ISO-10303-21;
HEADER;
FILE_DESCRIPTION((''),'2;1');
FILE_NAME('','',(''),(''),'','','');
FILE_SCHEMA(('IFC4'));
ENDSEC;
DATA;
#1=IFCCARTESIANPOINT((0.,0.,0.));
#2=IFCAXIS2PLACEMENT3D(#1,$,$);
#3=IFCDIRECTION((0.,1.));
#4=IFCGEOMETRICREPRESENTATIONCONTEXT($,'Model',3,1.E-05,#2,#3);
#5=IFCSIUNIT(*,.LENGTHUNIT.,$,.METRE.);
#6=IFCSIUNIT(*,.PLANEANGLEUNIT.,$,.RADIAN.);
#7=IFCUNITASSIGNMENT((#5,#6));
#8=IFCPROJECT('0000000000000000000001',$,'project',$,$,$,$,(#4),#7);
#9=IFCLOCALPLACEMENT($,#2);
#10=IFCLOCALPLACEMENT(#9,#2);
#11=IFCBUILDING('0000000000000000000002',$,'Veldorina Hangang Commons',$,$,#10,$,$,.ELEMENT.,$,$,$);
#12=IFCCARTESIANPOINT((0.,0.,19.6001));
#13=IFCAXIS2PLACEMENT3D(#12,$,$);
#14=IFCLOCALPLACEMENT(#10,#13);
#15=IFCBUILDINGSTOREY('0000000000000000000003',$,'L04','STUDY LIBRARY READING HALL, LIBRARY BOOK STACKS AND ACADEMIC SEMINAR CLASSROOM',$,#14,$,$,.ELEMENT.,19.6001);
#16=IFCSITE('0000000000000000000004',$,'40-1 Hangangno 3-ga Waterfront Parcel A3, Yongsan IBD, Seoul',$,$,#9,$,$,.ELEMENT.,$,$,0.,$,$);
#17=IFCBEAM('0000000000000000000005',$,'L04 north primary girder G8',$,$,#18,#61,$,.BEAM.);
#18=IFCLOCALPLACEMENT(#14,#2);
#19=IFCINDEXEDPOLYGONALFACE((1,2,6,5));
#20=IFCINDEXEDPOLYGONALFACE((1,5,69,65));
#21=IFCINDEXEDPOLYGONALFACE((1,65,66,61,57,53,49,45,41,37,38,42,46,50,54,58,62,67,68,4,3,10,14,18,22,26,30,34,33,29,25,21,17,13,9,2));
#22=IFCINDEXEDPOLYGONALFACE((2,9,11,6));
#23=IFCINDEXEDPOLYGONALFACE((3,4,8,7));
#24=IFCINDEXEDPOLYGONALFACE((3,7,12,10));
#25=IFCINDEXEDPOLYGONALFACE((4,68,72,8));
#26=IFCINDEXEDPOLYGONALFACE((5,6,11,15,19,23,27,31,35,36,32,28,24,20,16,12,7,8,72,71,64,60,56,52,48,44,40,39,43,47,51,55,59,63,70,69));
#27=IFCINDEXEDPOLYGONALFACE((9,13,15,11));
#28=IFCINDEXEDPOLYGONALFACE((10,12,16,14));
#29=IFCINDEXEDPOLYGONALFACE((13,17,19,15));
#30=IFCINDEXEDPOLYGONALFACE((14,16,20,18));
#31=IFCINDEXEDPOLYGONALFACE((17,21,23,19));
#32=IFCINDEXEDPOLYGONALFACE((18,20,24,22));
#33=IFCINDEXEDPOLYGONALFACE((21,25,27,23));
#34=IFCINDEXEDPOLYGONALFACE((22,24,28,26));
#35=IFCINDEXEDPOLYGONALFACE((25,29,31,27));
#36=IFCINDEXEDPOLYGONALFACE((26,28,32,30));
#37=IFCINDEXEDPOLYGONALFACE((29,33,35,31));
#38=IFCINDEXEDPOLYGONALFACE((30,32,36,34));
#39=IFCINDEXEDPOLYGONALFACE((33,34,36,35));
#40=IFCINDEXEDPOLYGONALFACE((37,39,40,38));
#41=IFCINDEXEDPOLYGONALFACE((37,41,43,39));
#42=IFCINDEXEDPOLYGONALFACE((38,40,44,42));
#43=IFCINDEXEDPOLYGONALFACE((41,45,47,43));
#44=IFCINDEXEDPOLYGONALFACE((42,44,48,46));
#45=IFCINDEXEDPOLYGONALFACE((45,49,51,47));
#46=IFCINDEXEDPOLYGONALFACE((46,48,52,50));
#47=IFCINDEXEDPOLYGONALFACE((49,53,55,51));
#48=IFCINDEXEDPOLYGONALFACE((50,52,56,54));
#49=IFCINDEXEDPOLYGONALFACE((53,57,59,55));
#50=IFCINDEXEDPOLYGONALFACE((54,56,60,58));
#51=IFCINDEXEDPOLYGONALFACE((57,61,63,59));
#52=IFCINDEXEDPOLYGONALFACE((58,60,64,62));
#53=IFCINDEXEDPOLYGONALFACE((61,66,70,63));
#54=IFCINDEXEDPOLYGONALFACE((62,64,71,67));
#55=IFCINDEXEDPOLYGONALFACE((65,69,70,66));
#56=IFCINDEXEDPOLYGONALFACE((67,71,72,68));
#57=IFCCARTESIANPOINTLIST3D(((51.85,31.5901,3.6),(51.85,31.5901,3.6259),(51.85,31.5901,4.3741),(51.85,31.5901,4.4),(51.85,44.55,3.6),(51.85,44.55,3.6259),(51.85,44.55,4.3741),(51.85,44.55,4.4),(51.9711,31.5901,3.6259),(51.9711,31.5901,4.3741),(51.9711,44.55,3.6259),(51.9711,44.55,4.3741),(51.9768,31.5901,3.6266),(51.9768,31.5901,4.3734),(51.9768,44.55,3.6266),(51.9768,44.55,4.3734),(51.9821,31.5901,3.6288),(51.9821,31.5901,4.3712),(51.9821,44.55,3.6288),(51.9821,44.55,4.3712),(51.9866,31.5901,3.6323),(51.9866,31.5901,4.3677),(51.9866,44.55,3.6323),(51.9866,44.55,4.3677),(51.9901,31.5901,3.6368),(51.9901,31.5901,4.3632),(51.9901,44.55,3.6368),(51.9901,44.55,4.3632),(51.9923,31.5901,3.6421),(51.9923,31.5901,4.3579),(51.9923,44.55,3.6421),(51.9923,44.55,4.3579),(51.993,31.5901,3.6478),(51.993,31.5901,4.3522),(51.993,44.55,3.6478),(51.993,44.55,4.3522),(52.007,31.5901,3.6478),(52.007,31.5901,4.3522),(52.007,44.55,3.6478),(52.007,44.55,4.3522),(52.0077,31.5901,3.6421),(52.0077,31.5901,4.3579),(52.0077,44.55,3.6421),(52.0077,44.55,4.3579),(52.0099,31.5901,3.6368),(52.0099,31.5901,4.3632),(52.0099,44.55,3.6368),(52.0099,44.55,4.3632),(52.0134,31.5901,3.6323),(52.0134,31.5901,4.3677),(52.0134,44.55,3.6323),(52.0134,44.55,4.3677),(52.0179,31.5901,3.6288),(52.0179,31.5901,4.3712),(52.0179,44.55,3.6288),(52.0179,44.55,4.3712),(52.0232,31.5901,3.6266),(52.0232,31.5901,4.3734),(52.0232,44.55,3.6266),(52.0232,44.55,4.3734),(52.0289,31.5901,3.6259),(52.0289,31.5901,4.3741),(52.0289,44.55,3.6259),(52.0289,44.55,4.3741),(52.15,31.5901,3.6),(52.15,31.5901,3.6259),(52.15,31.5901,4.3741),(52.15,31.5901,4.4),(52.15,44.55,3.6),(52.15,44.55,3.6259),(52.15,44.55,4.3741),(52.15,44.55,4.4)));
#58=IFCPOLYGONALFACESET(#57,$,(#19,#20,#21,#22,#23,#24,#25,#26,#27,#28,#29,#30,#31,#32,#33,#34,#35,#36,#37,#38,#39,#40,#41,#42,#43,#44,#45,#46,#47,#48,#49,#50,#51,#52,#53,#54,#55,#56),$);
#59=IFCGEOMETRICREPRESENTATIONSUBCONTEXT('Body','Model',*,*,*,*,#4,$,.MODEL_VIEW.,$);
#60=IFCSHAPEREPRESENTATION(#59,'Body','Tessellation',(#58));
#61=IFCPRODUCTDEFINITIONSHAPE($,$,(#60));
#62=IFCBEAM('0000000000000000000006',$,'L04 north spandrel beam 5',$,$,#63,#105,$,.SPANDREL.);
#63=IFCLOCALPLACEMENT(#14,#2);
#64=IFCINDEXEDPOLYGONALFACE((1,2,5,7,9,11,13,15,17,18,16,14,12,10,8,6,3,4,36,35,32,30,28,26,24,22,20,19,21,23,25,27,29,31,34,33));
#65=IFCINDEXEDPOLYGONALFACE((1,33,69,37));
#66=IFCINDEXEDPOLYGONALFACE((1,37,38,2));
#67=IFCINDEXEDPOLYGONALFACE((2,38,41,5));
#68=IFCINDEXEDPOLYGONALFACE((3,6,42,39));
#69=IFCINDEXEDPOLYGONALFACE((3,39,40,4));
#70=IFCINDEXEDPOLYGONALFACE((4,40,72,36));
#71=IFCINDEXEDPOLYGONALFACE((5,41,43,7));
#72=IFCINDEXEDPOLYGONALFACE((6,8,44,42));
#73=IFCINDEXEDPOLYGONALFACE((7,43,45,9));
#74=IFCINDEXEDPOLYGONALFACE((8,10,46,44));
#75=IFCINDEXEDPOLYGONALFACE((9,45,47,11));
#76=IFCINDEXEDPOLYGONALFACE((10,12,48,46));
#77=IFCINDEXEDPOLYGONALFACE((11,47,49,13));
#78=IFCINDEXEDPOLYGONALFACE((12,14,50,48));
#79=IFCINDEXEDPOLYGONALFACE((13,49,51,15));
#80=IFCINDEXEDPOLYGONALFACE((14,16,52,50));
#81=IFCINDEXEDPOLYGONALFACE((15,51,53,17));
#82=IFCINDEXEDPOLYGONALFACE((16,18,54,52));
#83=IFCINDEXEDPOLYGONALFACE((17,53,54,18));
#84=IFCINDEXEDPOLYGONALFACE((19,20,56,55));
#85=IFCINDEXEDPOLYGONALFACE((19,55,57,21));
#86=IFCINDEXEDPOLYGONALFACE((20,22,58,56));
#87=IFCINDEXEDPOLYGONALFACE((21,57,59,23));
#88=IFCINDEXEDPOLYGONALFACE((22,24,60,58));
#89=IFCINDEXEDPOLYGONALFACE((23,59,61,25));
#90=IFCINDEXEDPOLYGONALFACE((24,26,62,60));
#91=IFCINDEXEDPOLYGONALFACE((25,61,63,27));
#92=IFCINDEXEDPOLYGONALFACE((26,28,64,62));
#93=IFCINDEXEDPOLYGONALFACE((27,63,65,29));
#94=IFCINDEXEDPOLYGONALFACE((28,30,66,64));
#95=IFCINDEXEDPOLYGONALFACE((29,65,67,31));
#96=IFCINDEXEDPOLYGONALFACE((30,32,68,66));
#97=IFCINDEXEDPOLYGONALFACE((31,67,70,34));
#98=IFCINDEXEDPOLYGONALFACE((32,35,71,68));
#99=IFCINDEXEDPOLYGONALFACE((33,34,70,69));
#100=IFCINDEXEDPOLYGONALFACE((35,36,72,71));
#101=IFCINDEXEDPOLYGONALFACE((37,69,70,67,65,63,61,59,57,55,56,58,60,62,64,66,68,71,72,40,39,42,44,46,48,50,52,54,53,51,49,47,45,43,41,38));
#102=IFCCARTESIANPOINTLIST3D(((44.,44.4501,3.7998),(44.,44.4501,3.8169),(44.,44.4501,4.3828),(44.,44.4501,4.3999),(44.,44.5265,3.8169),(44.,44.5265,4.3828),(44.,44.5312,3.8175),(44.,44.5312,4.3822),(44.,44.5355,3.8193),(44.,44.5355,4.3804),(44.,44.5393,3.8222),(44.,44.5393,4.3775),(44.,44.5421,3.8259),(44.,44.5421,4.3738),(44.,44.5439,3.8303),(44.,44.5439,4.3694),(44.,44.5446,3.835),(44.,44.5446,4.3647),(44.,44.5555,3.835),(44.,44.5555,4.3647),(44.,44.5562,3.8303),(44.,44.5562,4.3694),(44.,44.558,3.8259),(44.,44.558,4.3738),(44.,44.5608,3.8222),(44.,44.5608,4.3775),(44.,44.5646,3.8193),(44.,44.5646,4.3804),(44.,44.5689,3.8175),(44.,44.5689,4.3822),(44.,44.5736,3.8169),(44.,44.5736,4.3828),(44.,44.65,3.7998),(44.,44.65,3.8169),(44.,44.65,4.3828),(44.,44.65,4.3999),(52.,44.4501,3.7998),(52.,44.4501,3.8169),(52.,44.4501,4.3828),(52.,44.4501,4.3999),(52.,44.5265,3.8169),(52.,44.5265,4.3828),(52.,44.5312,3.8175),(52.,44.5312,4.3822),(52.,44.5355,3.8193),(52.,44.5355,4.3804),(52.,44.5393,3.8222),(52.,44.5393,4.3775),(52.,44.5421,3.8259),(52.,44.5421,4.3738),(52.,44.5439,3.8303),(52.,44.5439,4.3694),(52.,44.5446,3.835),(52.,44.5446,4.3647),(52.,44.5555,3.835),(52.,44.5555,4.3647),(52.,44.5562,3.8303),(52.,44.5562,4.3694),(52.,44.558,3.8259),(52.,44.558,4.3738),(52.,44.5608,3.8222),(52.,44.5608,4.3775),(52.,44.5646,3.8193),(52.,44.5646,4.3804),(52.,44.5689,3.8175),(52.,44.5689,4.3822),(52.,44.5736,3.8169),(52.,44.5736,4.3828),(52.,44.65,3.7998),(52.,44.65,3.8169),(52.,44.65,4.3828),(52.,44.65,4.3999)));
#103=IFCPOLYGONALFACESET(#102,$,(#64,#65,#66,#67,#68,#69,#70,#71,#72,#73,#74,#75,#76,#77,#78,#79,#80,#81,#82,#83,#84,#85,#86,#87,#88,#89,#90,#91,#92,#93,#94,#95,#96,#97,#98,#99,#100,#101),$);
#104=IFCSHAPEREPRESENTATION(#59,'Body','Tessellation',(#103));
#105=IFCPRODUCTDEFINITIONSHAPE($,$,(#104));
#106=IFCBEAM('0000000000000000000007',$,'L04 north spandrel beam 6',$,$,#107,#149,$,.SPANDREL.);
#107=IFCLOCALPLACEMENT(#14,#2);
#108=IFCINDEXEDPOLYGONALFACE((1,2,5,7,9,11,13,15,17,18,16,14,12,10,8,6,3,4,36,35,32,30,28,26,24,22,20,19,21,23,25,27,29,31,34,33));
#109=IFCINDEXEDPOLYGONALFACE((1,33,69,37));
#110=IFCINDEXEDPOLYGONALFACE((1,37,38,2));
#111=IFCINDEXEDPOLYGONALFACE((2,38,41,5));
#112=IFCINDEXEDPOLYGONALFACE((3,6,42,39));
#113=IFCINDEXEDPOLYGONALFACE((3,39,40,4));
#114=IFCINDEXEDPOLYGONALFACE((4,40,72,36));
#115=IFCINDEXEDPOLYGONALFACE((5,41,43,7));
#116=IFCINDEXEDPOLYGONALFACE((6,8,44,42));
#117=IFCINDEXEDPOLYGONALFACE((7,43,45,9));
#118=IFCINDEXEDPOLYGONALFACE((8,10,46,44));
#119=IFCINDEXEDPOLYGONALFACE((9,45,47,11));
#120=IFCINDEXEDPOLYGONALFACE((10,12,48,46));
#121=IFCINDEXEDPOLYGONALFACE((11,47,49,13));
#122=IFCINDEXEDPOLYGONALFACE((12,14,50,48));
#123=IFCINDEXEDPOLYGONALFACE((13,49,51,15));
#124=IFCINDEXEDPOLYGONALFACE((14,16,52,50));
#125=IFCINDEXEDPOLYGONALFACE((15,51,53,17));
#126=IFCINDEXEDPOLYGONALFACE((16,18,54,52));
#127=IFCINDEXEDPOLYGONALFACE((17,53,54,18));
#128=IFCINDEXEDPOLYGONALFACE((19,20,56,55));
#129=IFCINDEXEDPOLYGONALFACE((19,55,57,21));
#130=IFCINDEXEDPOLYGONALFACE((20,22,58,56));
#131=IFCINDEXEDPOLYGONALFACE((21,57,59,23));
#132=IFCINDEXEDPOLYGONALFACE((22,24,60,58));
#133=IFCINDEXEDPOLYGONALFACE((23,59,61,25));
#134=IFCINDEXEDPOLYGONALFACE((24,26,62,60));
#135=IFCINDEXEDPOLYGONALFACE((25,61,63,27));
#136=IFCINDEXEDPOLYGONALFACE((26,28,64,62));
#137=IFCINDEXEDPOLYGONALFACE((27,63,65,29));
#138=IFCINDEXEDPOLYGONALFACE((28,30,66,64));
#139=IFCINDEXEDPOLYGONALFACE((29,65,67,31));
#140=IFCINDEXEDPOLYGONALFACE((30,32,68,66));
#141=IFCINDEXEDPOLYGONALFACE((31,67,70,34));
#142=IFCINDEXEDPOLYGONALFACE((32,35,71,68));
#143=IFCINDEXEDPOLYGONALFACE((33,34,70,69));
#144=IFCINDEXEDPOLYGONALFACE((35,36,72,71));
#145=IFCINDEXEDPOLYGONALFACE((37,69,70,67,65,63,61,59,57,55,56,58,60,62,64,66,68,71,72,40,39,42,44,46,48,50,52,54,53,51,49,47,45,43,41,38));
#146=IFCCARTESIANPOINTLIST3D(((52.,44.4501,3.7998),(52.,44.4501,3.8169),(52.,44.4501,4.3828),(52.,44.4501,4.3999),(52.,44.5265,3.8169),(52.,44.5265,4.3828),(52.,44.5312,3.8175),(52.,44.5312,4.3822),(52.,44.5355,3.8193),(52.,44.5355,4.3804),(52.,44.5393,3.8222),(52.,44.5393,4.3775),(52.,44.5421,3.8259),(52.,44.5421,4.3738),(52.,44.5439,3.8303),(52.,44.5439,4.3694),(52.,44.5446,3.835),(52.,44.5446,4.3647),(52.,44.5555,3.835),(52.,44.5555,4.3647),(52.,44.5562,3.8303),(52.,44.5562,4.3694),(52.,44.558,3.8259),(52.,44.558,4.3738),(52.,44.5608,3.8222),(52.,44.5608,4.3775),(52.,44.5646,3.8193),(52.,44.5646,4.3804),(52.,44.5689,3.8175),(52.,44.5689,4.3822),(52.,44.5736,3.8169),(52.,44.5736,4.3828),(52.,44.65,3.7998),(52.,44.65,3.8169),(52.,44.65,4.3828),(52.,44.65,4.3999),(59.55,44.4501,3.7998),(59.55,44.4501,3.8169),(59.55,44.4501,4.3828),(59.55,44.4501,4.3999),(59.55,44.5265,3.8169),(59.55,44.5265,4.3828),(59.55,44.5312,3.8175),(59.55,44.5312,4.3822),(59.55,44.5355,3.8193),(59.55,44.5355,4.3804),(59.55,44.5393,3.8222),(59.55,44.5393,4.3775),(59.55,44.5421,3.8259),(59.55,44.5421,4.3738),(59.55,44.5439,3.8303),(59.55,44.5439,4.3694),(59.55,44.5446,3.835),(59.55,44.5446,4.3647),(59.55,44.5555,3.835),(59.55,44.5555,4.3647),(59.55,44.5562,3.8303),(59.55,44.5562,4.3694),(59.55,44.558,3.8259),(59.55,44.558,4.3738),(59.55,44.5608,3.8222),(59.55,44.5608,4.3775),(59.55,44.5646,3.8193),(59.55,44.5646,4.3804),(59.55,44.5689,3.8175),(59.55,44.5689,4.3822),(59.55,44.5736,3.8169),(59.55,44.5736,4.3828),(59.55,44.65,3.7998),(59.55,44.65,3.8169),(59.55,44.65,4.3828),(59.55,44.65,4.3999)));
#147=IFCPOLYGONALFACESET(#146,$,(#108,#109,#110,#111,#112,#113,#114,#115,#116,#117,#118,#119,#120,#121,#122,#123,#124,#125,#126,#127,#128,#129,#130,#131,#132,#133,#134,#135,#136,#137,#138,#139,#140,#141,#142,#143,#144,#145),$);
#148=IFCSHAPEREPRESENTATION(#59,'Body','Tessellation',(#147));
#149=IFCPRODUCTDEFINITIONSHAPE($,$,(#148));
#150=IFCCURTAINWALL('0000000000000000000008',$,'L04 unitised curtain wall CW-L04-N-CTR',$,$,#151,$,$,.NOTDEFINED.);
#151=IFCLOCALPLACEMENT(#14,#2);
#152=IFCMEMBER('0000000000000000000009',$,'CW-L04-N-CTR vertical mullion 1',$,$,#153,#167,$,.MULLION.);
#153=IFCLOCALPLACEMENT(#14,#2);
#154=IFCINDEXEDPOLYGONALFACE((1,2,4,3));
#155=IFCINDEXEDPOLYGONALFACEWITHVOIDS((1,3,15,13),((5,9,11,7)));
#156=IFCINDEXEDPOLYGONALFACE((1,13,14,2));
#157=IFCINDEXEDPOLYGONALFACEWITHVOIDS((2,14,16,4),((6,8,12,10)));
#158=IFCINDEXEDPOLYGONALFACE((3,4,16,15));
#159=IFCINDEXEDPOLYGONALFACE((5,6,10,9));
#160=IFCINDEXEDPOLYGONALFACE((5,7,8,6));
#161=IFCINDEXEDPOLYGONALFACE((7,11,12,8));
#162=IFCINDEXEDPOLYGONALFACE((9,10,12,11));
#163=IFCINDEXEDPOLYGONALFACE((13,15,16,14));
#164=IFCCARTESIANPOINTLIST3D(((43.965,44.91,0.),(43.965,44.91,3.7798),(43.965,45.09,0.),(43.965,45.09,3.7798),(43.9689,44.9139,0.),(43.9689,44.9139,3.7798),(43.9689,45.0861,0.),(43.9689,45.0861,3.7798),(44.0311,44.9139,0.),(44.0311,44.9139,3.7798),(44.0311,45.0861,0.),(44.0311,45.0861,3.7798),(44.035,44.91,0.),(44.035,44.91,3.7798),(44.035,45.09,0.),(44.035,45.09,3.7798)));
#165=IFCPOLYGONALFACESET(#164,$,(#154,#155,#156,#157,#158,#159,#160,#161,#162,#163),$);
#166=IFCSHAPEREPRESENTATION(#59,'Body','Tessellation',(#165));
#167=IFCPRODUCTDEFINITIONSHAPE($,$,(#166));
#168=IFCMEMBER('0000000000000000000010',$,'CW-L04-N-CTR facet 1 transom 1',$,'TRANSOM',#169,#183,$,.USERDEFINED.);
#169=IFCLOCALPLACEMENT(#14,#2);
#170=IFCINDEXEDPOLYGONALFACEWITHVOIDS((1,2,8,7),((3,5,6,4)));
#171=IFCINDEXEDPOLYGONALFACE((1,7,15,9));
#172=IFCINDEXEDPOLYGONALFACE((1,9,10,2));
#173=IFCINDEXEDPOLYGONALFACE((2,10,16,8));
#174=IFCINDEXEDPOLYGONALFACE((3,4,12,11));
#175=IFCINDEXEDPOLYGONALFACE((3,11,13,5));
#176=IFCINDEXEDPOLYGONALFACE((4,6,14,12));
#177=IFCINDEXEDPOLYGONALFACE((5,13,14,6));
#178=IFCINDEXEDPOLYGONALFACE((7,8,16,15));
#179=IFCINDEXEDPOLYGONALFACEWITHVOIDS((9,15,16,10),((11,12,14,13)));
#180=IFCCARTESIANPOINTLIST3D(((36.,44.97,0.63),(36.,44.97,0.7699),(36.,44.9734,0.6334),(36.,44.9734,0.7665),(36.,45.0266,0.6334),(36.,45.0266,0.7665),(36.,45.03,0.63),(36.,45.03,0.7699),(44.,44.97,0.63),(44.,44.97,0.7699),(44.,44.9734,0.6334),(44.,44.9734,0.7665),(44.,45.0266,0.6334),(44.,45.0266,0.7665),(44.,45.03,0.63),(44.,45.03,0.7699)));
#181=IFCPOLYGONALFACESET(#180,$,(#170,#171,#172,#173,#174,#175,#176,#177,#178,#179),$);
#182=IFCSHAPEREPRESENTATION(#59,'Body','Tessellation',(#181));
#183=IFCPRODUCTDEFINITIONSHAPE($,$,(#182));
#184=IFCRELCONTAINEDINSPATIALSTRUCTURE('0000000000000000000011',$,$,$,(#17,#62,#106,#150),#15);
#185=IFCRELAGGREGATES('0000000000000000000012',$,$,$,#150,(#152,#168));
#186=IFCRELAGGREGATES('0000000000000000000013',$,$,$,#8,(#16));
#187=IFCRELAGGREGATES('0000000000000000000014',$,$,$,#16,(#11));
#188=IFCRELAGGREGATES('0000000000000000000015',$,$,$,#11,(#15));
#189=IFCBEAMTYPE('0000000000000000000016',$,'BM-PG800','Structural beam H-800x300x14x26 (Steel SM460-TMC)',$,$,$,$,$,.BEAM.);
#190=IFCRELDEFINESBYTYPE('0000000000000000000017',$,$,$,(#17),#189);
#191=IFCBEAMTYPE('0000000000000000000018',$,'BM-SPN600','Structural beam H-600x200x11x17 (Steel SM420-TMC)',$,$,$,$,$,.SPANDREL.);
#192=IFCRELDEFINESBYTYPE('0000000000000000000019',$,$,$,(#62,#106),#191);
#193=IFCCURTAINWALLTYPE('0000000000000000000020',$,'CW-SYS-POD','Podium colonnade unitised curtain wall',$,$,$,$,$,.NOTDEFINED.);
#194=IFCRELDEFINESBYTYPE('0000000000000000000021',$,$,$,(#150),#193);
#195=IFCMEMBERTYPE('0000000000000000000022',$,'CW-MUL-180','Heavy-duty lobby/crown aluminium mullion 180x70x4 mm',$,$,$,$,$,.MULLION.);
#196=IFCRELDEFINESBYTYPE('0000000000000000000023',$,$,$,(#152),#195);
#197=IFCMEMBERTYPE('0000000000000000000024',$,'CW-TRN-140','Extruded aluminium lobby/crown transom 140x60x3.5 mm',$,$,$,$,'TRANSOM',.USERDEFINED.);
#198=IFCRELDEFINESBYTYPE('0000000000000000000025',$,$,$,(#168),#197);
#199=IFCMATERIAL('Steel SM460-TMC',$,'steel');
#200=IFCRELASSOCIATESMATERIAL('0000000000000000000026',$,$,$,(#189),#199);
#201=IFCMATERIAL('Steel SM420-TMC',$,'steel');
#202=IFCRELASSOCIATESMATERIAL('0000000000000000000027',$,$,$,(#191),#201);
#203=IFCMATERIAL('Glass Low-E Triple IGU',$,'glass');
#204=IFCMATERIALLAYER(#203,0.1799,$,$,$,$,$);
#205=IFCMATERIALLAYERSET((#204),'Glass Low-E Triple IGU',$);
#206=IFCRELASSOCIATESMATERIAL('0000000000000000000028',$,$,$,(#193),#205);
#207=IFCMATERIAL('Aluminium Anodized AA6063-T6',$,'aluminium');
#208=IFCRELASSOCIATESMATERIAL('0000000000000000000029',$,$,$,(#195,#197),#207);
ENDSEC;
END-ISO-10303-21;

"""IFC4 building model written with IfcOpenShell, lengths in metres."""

from ifc_helpers import new_model, si_unit, direction, frame, origin, origin_2d, place, context, subcontext, project, spatial, hollow_rectangle, i_section, extrude, material, layer, layer_set, material_profile, profile_set, type_object, element, aggregate, save


model = new_model("IFC4")

# Units and contexts
model_context = context("Model", 3, precision=1e-05, world=origin(), true_north=direction((0.0, 1.0)))
body_context = subcontext(model_context, "Body", "Model", "MODEL_VIEW")
ifc_project = project(units=[si_unit("LENGTHUNIT", "METRE"), si_unit("PLANEANGLEUNIT", "RADIAN")], contexts=[model_context])

# Site, building, storey
site_placement = place(None, origin())
site = spatial("IfcSite", under=ifc_project, at=site_placement, Name="40-1 Hangangno 3-ga Waterfront Parcel A3, Yongsan IBD, Seoul", CompositionType="ELEMENT", RefElevation=0.0)
building_placement = place(site_placement, origin())
building = spatial("IfcBuilding", under=site, at=building_placement, Name="Veldorina Hangang Commons", CompositionType="ELEMENT")
storey_placement = place(building_placement, frame((0.0, 0.0, 19.6001)))
storey = spatial("IfcBuildingStorey", under=building, at=storey_placement, Name="L04", Description="STUDY LIBRARY READING HALL, LIBRARY BOOK STACKS AND ACADEMIC SEMINAR CLASSROOM", CompositionType="ELEMENT", Elevation=19.6001)

# Shared definitions
ifc_material_1 = material(Name="Steel SM420-TMC", Category="steel")

# Beams
ifc_material_2 = material(Name="Steel SM460-TMC", Category="steel")
ifc_material_profile_1 = material_profile(ifc_material_2, i_section(OverallWidth=0.3, OverallDepth=0.8, WebThickness=0.0139, FlangeThickness=0.0259, FilletRadius=0.022, at=origin_2d()), Name="H-800x300x14x26")
ifc_profile_set_1 = profile_set([ifc_material_profile_1], Name="Steel SM460-TMC")
beam_type_1 = type_object("IfcBeamType", Name="BM-PG800", Description="Structural beam H-800x300x14x26 (Steel SM460-TMC)", PredefinedType="BEAM", material=ifc_profile_set_1)
beam_1_placement = place(storey_placement, frame((52.0, 31.5901, 4.0), z_axis=(0.0, 1.0, 0.0), x_axis=(-1.0, 0.0, 0.0)))
element("IfcBeam", 1, at=beam_1_placement, inside=storey, type_object=beam_type_1, Name="L04 north primary girder G8", PredefinedType="BEAM", context=body_context, shape_type="SweptSolid", body=[
    extrude(i_section(OverallWidth=0.3, OverallDepth=0.8, WebThickness=0.0139, FlangeThickness=0.0259, FilletRadius=0.022, at=origin_2d()), origin(), (0.0, 0.0, 1.0), 12.96),
])
ifc_material_profile_2 = material_profile(ifc_material_1, i_section(OverallWidth=0.2, OverallDepth=0.6001, WebThickness=0.011, FlangeThickness=0.0171, FilletRadius=0.0181, at=origin_2d()), Name="H-600x200x11x17")
ifc_profile_set_2 = profile_set([ifc_material_profile_2], Name="Steel SM420-TMC")
beam_type_2 = type_object("IfcBeamType", Name="BM-SPN600", Description="Structural beam H-600x200x11x17 (Steel SM420-TMC)", PredefinedType="SPANDREL", material=ifc_profile_set_2)
beam_2_placement = place(storey_placement, frame((44.0, 44.55, 4.0999), z_axis=(1.0, 0.0, 0.0), x_axis=(0.0, 1.0, 0.0)))
element("IfcBeam", 2, at=beam_2_placement, inside=storey, type_object=beam_type_2, Name="L04 north spandrel beam 5", PredefinedType="SPANDREL", context=body_context, shape_type="SweptSolid", body=[
    extrude(i_section(OverallWidth=0.2, OverallDepth=0.6001, WebThickness=0.011, FlangeThickness=0.0171, FilletRadius=0.0181, at=origin_2d()), origin(), (0.0, 0.0, 1.0), 8.0),
])
beam_3_placement = place(storey_placement, frame((52.0, 44.55, 4.0999), z_axis=(1.0, 0.0, 0.0), x_axis=(0.0, 1.0, 0.0)))
element("IfcBeam", 3, at=beam_3_placement, inside=storey, type_object=beam_type_2, Name="L04 north spandrel beam 6", PredefinedType="SPANDREL", context=body_context, shape_type="SweptSolid", body=[
    extrude(i_section(OverallWidth=0.2, OverallDepth=0.6001, WebThickness=0.011, FlangeThickness=0.0171, FilletRadius=0.0181, at=origin_2d()), origin(), (0.0, 0.0, 1.0), 7.55),
])

# Curtain wall, members
ifc_material_3 = material(Name="Glass Low-E Triple IGU", Category="glass")
ifc_layer_1 = layer(ifc_material_3, 0.1799)
ifc_layer_set_1 = layer_set([ifc_layer_1], Name="Glass Low-E Triple IGU")
curtain_wall_type = type_object("IfcCurtainWallType", Name="CW-SYS-POD", Description="Podium colonnade unitised curtain wall", PredefinedType="NOTDEFINED", material=ifc_layer_set_1)
curtain_wall_placement = place(storey_placement, origin())
curtain_wall = element("IfcCurtainWall", 4, at=curtain_wall_placement, inside=storey, type_object=curtain_wall_type, Name="L04 unitised curtain wall CW-L04-N-CTR", PredefinedType="NOTDEFINED")
ifc_material_4 = material(Name="Aluminium Anodized AA6063-T6", Category="aluminium")
ifc_material_profile_3 = material_profile(ifc_material_4, hollow_rectangle(XDim=0.0701, YDim=0.1799, WallThickness=0.0039, at=origin_2d()), Name="ALU-RHS-180x70x4")
ifc_profile_set_3 = profile_set([ifc_material_profile_3], Name="Aluminium Anodized AA6063-T6")
member_type_1 = type_object("IfcMemberType", Name="CW-MUL-180", Description="Heavy-duty lobby/crown aluminium mullion 180x70x4 mm", PredefinedType="MULLION", material=ifc_profile_set_3)
member_1_placement = place(storey_placement, frame((44.0, 45.0, 0.0), z_axis=(0.0, 0.0, 1.0), x_axis=(-1.0, 0.0, 0.0)))
member_1 = element("IfcMember", 5, at=member_1_placement, type_object=member_type_1, Name="CW-L04-N-CTR vertical mullion 1", PredefinedType="MULLION", context=body_context, shape_type="SweptSolid", body=[
    extrude(hollow_rectangle(XDim=0.0701, YDim=0.1799, WallThickness=0.0039, at=origin_2d()), origin(), (0.0, 0.0, 1.0), 3.7798),
])
ifc_material_profile_4 = material_profile(ifc_material_4, hollow_rectangle(XDim=0.0601, YDim=0.1399, WallThickness=0.0034, at=origin_2d()), Name="ALU-RHS-140x60x3.5")
ifc_profile_set_4 = profile_set([ifc_material_profile_4], Name="Aluminium Anodized AA6063-T6")
member_type_2 = type_object("IfcMemberType", Name="CW-TRN-140", Description="Extruded aluminium lobby/crown transom 140x60x3.5 mm", ElementType="TRANSOM", PredefinedType="USERDEFINED", material=ifc_profile_set_4)
member_2_placement = place(storey_placement, frame((44.0, 45.0, 0.7), z_axis=(-1.0, 0.0, 0.0), x_axis=(0.0, -1.0, 0.0)))
member_2 = element("IfcMember", 6, at=member_2_placement, type_object=member_type_2, Name="CW-L04-N-CTR facet 1 transom 1", ObjectType="TRANSOM", PredefinedType="USERDEFINED", context=body_context, shape_type="SweptSolid", body=[
    extrude(hollow_rectangle(XDim=0.0601, YDim=0.1399, WallThickness=0.0034, at=origin_2d()), origin(), (0.0, 0.0, 1.0), 8.0),
])
aggregate(curtain_wall, [member_1, member_2])

save(model, "model.ifc")
